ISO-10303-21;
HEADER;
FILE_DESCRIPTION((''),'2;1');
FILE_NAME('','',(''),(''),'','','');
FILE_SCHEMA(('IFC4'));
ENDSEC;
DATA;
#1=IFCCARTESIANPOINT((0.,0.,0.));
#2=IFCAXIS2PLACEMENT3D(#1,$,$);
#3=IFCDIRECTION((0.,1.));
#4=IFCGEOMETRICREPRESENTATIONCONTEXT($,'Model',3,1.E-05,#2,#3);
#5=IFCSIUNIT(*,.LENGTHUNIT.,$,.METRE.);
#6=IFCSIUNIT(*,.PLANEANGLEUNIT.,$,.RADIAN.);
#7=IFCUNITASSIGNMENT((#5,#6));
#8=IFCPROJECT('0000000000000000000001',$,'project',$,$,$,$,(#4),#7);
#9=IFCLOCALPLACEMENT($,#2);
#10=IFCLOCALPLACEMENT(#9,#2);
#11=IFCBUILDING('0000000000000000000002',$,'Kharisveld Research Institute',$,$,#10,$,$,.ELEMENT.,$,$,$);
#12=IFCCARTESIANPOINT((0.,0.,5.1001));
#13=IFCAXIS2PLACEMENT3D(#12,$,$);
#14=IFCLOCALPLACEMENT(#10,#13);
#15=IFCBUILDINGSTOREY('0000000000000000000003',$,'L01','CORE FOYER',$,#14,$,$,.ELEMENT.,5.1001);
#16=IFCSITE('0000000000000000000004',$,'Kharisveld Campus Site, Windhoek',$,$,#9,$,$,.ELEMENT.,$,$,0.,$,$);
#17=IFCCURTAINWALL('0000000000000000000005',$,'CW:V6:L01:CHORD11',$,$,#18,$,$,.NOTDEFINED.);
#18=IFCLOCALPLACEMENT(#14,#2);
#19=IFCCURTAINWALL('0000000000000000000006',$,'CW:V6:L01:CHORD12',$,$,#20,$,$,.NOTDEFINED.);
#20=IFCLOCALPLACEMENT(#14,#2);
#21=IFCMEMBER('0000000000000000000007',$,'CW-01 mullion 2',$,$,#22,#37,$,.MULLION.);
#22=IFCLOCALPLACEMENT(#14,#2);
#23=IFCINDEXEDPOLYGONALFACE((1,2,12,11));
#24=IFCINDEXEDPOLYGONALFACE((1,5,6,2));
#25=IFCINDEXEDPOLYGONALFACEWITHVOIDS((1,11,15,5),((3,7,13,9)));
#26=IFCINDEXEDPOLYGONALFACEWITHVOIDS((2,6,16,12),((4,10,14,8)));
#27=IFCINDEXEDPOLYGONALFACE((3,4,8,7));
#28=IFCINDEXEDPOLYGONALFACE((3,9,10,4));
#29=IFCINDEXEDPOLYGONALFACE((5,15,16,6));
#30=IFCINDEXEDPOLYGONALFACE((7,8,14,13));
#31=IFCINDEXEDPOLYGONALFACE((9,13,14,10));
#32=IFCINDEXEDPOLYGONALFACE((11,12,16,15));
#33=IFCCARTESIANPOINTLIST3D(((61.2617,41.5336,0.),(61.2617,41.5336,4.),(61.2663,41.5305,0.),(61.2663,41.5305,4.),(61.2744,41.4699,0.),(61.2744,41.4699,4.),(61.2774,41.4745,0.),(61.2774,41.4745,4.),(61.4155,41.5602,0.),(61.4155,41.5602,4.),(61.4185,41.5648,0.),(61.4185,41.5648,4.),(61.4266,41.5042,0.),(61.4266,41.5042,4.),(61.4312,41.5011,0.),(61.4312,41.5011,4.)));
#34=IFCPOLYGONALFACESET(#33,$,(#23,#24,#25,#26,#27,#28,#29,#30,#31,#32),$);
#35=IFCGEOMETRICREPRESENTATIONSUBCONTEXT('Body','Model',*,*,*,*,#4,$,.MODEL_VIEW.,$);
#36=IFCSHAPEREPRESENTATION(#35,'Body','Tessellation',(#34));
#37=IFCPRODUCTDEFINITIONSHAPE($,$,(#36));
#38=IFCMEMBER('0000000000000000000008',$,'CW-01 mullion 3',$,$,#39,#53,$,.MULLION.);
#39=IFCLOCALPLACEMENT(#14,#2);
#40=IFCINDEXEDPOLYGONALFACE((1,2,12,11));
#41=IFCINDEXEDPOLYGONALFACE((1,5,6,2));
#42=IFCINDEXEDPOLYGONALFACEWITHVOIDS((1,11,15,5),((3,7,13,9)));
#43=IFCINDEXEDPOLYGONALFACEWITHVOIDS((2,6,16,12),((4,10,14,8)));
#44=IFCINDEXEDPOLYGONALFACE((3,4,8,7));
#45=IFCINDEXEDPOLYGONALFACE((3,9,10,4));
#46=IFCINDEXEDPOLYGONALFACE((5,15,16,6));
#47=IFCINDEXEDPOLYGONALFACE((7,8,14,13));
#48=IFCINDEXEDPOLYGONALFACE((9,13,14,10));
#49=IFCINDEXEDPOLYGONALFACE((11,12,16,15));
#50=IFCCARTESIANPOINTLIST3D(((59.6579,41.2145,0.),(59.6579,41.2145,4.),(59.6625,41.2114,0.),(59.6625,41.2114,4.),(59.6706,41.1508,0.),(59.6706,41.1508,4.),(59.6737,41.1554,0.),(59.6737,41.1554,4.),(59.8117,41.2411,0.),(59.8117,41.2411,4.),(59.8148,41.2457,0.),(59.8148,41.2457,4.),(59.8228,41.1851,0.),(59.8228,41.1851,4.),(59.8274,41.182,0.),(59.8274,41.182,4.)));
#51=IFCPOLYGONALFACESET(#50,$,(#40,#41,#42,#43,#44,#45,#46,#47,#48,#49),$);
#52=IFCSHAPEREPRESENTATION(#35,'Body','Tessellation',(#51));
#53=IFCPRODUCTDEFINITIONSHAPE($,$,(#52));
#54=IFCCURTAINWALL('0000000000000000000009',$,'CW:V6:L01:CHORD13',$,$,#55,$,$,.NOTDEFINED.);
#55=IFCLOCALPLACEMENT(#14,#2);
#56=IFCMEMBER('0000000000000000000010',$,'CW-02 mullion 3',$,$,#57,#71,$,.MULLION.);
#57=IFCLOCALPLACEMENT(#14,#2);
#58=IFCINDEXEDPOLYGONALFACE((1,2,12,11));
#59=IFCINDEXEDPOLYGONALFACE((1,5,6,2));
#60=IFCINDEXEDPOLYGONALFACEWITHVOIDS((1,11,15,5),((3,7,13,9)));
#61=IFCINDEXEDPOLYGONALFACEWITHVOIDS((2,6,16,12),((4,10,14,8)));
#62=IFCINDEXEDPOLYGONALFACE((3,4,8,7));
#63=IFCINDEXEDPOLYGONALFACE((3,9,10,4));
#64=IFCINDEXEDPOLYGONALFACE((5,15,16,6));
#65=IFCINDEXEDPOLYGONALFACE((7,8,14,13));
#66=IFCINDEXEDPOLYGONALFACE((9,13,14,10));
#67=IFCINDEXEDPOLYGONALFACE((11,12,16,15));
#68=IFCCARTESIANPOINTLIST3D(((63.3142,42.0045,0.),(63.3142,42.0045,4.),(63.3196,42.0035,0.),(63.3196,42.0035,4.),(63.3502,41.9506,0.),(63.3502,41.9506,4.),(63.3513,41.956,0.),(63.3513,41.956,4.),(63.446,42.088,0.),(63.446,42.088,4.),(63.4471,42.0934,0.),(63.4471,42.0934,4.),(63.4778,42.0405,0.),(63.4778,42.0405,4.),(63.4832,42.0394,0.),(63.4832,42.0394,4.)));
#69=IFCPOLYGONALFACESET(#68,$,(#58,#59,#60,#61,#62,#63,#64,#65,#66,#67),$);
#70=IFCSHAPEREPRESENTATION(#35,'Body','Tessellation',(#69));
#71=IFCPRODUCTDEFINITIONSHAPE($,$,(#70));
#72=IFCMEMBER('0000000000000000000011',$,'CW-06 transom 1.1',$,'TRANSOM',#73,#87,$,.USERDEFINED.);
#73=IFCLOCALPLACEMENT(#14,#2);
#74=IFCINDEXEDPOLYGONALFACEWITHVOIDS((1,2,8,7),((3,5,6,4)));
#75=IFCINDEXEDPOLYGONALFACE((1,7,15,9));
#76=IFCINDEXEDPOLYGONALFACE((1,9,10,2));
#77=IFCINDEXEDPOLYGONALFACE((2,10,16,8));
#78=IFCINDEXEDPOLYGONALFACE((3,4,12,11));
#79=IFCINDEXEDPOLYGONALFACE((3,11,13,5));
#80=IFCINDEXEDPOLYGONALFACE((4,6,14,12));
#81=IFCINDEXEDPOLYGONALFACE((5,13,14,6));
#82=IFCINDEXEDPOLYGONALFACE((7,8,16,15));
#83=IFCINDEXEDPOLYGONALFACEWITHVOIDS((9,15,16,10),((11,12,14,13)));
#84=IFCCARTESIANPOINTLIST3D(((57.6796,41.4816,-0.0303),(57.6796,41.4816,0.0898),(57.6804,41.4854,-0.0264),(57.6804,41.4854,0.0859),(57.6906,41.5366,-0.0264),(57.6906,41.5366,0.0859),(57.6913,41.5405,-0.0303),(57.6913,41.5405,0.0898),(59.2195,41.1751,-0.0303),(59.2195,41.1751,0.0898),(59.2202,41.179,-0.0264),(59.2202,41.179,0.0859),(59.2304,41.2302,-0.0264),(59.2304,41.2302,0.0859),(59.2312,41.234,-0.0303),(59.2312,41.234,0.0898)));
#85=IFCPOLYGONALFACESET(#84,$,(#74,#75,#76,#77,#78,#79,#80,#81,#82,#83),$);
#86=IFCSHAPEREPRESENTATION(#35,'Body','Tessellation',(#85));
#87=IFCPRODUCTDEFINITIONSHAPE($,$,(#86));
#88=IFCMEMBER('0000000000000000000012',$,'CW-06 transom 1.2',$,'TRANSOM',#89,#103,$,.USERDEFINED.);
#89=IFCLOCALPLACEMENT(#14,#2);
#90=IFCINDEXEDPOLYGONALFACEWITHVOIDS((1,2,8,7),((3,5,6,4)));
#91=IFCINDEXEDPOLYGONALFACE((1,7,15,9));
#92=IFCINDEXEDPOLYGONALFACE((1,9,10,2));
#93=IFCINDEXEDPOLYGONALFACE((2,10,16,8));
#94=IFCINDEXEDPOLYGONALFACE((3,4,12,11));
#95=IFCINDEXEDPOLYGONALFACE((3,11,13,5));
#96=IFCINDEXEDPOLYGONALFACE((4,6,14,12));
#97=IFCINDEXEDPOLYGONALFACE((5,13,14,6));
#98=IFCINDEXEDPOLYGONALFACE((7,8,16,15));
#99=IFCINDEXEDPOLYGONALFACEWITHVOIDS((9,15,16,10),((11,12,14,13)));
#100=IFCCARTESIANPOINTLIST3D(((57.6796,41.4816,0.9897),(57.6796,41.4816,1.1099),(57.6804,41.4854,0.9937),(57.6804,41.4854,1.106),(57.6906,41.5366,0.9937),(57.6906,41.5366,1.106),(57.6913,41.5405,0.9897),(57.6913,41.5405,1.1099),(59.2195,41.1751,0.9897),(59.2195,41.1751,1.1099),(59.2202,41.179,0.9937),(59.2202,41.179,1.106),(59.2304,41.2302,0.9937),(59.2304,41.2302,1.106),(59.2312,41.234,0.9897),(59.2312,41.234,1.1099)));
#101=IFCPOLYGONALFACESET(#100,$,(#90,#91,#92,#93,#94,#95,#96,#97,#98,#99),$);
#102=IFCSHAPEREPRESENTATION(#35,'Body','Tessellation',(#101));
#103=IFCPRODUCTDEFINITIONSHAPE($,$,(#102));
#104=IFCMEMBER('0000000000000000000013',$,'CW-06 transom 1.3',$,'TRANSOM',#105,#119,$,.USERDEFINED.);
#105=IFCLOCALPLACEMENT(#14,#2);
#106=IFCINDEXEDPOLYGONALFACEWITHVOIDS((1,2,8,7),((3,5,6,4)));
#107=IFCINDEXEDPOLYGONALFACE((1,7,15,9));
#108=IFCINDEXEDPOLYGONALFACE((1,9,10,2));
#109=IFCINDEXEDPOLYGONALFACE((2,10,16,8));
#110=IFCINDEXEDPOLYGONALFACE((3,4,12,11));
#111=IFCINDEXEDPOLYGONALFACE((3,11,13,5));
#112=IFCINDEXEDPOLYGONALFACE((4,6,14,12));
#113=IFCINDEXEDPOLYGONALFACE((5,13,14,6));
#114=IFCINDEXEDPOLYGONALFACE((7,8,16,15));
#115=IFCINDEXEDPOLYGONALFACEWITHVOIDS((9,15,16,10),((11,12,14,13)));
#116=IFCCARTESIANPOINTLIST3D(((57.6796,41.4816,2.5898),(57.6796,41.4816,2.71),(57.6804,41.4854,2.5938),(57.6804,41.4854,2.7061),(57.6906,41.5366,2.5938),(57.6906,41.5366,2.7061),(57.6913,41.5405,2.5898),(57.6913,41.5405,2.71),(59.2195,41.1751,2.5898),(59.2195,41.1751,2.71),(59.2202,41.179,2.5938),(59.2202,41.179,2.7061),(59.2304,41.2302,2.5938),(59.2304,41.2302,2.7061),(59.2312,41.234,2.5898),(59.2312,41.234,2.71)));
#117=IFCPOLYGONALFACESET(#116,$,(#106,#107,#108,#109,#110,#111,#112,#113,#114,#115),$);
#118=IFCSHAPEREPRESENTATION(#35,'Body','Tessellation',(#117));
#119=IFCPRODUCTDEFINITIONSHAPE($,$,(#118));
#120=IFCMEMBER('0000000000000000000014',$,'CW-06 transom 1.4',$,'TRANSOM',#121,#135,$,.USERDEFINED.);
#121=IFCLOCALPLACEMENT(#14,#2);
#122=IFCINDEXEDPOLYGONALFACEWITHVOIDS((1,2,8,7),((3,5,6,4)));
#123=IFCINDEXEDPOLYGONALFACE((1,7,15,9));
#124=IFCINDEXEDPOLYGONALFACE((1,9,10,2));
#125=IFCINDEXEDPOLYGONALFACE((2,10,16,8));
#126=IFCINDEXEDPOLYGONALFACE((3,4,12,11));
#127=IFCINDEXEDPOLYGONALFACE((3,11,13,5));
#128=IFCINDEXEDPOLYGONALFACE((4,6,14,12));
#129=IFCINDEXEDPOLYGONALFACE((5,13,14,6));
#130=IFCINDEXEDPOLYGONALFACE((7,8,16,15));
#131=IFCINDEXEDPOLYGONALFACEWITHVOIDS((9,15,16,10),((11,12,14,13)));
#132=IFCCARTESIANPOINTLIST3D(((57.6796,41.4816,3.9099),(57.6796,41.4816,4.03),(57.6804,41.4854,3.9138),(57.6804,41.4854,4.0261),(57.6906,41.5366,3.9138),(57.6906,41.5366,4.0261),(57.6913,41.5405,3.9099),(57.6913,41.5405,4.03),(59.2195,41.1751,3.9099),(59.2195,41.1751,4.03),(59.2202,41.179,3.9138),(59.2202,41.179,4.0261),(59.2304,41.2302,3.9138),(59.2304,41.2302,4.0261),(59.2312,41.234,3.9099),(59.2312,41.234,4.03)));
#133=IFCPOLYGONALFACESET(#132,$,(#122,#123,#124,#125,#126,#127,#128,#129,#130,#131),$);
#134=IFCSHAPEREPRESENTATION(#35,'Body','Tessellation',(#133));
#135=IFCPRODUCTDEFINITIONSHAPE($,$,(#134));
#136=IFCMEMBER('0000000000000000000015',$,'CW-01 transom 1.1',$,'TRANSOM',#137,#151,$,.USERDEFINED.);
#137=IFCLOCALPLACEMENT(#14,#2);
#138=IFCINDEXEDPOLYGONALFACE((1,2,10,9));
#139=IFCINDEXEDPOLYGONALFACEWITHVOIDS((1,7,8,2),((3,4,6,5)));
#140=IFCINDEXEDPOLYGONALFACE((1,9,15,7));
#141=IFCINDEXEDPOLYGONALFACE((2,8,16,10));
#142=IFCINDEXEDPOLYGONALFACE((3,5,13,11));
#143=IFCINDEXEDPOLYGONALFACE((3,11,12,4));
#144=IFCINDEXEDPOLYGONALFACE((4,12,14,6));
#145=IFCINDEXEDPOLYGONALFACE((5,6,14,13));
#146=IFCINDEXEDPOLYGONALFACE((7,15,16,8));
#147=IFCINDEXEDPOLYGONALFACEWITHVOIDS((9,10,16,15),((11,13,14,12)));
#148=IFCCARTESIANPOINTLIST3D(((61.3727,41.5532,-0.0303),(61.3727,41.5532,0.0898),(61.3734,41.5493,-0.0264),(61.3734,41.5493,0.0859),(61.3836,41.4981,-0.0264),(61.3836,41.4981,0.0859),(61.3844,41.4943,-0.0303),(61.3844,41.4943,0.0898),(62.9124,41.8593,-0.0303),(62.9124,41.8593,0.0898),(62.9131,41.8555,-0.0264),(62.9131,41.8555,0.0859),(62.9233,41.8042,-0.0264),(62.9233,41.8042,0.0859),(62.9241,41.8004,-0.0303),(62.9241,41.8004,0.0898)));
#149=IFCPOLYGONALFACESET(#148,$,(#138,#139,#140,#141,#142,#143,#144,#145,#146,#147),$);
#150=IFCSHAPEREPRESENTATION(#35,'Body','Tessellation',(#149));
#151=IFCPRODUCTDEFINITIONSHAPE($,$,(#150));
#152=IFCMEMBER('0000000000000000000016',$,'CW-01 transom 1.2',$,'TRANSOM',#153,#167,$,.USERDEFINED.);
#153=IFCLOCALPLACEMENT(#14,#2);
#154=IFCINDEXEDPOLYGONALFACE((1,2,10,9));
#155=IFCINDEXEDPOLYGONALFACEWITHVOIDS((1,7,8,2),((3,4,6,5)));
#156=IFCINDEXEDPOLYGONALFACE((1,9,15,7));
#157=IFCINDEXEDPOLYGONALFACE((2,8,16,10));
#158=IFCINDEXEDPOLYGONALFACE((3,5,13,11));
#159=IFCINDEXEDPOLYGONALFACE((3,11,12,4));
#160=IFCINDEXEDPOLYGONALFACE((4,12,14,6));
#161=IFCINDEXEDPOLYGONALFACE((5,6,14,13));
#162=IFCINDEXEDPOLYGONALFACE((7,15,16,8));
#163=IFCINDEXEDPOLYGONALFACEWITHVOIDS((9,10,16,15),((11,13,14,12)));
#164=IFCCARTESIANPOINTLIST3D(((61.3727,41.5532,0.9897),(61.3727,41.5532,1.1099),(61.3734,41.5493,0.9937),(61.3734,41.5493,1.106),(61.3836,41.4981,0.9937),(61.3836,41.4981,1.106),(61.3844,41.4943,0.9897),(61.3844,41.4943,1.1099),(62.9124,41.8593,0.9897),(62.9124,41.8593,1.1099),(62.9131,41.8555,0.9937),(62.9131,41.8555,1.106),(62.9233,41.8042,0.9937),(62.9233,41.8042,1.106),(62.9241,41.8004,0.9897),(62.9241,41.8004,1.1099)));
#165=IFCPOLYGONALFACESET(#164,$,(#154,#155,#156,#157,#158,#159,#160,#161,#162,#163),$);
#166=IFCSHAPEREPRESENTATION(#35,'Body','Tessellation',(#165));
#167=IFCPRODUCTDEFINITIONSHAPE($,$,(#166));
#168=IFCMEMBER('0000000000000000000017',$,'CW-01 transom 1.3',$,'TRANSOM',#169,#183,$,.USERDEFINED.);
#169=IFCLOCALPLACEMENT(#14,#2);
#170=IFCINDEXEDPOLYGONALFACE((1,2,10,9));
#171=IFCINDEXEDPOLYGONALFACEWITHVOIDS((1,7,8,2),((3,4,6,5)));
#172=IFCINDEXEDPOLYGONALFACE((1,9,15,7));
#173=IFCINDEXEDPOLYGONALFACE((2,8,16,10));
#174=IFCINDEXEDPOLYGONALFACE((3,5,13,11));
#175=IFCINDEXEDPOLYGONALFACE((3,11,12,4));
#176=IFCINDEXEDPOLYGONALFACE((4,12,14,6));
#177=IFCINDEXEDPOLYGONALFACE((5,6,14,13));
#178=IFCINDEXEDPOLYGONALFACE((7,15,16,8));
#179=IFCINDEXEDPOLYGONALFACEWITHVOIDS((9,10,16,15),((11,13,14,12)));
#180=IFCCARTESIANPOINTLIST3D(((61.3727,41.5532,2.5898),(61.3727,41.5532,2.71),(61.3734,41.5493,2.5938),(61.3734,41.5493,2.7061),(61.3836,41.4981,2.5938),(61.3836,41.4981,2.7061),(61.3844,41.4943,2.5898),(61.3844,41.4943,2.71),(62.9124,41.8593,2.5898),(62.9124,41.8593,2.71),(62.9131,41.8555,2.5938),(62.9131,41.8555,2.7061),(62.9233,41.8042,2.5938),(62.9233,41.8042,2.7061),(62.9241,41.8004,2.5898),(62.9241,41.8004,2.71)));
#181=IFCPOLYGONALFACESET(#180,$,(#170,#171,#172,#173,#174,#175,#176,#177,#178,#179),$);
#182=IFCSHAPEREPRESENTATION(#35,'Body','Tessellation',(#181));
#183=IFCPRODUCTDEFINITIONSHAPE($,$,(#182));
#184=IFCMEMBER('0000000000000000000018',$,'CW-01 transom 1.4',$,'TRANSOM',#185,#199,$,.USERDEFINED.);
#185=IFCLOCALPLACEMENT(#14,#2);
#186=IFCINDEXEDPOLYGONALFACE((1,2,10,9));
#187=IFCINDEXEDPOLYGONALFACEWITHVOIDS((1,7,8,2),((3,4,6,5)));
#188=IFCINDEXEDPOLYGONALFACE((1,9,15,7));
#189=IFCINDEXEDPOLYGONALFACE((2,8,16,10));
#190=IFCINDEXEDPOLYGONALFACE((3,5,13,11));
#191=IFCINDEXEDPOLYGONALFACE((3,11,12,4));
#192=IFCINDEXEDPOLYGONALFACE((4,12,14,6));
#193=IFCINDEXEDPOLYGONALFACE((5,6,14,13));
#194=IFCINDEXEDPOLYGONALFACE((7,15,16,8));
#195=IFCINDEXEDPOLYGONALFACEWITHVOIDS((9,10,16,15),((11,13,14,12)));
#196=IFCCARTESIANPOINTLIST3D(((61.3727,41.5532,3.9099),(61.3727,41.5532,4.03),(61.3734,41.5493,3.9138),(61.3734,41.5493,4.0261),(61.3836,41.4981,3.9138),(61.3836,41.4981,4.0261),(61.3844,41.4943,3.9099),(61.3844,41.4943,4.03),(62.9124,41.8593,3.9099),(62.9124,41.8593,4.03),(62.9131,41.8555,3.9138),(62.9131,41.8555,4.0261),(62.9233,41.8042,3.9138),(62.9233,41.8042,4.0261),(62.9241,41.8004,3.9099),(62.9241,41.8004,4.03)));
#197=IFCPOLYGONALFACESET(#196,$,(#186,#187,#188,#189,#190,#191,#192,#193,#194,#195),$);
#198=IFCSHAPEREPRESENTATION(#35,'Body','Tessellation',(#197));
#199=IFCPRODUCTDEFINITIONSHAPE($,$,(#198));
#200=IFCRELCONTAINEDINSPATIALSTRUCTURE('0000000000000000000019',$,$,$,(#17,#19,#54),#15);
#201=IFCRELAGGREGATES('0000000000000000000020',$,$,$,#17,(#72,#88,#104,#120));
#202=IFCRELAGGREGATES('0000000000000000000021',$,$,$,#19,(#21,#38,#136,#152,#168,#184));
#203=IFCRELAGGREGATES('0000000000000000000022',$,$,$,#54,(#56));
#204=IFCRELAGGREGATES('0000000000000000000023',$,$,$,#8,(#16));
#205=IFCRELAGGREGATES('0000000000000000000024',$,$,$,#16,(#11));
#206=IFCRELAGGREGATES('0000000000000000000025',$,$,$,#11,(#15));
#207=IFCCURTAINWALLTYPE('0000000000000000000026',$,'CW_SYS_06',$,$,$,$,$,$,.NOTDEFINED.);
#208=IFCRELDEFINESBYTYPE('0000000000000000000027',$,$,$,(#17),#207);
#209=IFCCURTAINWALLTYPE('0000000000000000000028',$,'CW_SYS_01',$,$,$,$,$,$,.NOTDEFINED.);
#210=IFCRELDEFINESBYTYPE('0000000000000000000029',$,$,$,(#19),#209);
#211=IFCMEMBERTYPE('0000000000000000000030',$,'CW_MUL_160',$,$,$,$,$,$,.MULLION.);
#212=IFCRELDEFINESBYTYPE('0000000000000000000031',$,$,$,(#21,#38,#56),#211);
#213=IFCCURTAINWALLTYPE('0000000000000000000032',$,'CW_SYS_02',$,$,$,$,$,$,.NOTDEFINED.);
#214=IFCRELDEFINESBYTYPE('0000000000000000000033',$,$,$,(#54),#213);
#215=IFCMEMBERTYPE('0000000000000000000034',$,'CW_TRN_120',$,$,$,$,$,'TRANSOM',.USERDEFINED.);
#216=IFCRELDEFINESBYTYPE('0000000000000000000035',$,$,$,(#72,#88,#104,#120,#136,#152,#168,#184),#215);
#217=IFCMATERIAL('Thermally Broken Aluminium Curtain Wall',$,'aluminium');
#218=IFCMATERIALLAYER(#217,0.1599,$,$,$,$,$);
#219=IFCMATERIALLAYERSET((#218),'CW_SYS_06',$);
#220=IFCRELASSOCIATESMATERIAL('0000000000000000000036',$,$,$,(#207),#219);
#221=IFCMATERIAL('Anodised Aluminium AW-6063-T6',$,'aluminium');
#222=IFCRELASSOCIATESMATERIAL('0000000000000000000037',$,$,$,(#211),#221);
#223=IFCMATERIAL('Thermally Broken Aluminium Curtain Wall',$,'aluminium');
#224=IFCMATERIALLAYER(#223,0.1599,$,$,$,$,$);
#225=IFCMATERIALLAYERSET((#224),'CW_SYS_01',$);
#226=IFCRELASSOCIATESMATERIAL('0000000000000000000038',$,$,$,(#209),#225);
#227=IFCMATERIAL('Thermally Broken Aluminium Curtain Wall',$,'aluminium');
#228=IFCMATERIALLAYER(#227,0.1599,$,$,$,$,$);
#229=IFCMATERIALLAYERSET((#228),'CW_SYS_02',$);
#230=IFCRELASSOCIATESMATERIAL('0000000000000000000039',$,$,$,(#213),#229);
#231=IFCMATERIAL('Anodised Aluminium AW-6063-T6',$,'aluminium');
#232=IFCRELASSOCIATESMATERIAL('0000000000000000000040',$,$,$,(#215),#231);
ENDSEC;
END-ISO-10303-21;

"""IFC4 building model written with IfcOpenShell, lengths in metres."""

from ifc_helpers import new_model, si_unit, direction, frame, origin, origin_2d, place, context, subcontext, project, spatial, hollow_rectangle, extrude, material, layer, layer_set, material_profile, profile_set, type_object, element, aggregate, save


model = new_model("IFC4")

# Units and contexts
model_context = context("Model", 3, precision=1e-05, world=origin(), true_north=direction((0.0, 1.0)))
body_context = subcontext(model_context, "Body", "Model", "MODEL_VIEW")
ifc_project = project(units=[si_unit("LENGTHUNIT", "METRE"), si_unit("PLANEANGLEUNIT", "RADIAN")], contexts=[model_context])

# Site, building, storey
site_placement = place(None, origin())
site = spatial("IfcSite", under=ifc_project, at=site_placement, Name="Kharisveld Campus Site, Windhoek", CompositionType="ELEMENT", RefElevation=0.0)
building_placement = place(site_placement, origin())
building = spatial("IfcBuilding", under=site, at=building_placement, Name="Kharisveld Research Institute", CompositionType="ELEMENT")
storey_placement = place(building_placement, frame((0.0, 0.0, 5.1001)))
storey = spatial("IfcBuildingStorey", under=building, at=storey_placement, Name="L01", Description="CORE FOYER", CompositionType="ELEMENT", Elevation=5.1001)

# Curtain wall
ifc_material_1 = material(Name="Thermally Broken Aluminium Curtain Wall", Category="aluminium")
ifc_layer_1 = layer(ifc_material_1, 0.1599)
ifc_layer_set_1 = layer_set([ifc_layer_1], Name="CW_SYS_06")
curtain_wall_type_1 = type_object("IfcCurtainWallType", Name="CW_SYS_06", PredefinedType="NOTDEFINED", material=ifc_layer_set_1)
curtain_wall_1_placement = place(storey_placement, origin())
curtain_wall_1 = element("IfcCurtainWall", 1, at=curtain_wall_1_placement, inside=storey, type_object=curtain_wall_type_1, Name="CW:V6:L01:CHORD11", PredefinedType="NOTDEFINED")
ifc_material_2 = material(Name="Anodised Aluminium AW-6063-T6", Category="aluminium")
ifc_material_profile_1 = material_profile(ifc_material_2, hollow_rectangle(XDim=0.0649, YDim=0.1599, WallThickness=0.0039, at=origin_2d()))
ifc_profile_set_1 = profile_set([ifc_material_profile_1], Name="Anodised Aluminium AW-6063-T6")
member_type_1 = type_object("IfcMemberType", Name="CW_MUL_160", PredefinedType="MULLION", material=ifc_profile_set_1)

# Curtain wall, members
ifc_material_3 = material(Name="Thermally Broken Aluminium Curtain Wall", Category="aluminium")
ifc_layer_2 = layer(ifc_material_3, 0.1599)
ifc_layer_set_2 = layer_set([ifc_layer_2], Name="CW_SYS_01")
curtain_wall_type_2 = type_object("IfcCurtainWallType", Name="CW_SYS_01", PredefinedType="NOTDEFINED", material=ifc_layer_set_2)
curtain_wall_2_placement = place(storey_placement, origin())
curtain_wall_2 = element("IfcCurtainWall", 2, at=curtain_wall_2_placement, inside=storey, type_object=curtain_wall_type_2, Name="CW:V6:L01:CHORD12", PredefinedType="NOTDEFINED")
member_1_placement = place(storey_placement, frame((61.3464, 41.5173, 0.0), z_axis=(0.0, 0.0, 1.0), x_axis=(0.195091, -0.980785, 0.0)))
member_1 = element("IfcMember", 3, at=member_1_placement, type_object=member_type_1, Name="CW-01 mullion 2", PredefinedType="MULLION", context=body_context, shape_type="SweptSolid", body=[
    extrude(hollow_rectangle(XDim=0.0649, YDim=0.1599, WallThickness=0.0039, at=origin_2d()), origin(), (0.0, 0.0, 1.0), 4.0),
])
member_2_placement = place(storey_placement, frame((59.7427, 41.1982, 0.0), z_axis=(0.0, 0.0, 1.0), x_axis=(0.195091, -0.980785, 0.0)))
member_2 = element("IfcMember", 4, at=member_2_placement, type_object=member_type_1, Name="CW-01 mullion 3", PredefinedType="MULLION", context=body_context, shape_type="SweptSolid", body=[
    extrude(hollow_rectangle(XDim=0.0649, YDim=0.1599, WallThickness=0.0039, at=origin_2d()), origin(), (0.0, 0.0, 1.0), 4.0),
])

# Curtain wall, member
ifc_material_4 = material(Name="Thermally Broken Aluminium Curtain Wall", Category="aluminium")
ifc_layer_3 = layer(ifc_material_4, 0.1599)
ifc_layer_set_3 = layer_set([ifc_layer_3], Name="CW_SYS_02")
curtain_wall_type_3 = type_object("IfcCurtainWallType", Name="CW_SYS_02", PredefinedType="NOTDEFINED", material=ifc_layer_set_3)
curtain_wall_3_placement = place(storey_placement, origin())
curtain_wall_3 = element("IfcCurtainWall", 5, at=curtain_wall_3_placement, inside=storey, type_object=curtain_wall_type_3, Name="CW:V6:L01:CHORD13", PredefinedType="NOTDEFINED")
member_3_placement = place(storey_placement, frame((63.3987, 42.022, 0.0), z_axis=(0.0, 0.0, 1.0), x_axis=(0.55557, -0.83147, 0.0)))
member_3 = element("IfcMember", 6, at=member_3_placement, type_object=member_type_1, Name="CW-02 mullion 3", PredefinedType="MULLION", context=body_context, shape_type="SweptSolid", body=[
    extrude(hollow_rectangle(XDim=0.0649, YDim=0.1599, WallThickness=0.0039, at=origin_2d()), origin(), (0.0, 0.0, 1.0), 4.0),
])

# Members
ifc_material_5 = material(Name="Anodised Aluminium AW-6063-T6", Category="aluminium")
ifc_material_profile_2 = material_profile(ifc_material_5, hollow_rectangle(XDim=0.0601, YDim=0.1201, WallThickness=0.0039, at=origin_2d()))
ifc_profile_set_2 = profile_set([ifc_material_profile_2], Name="Anodised Aluminium AW-6063-T6")
member_type_2 = type_object("IfcMemberType", Name="CW_TRN_120", ElementType="TRANSOM", PredefinedType="USERDEFINED", material=ifc_profile_set_2)
member_4_placement = place(storey_placement, frame((59.2253, 41.2046, 0.0298), z_axis=(-0.980772, 0.195159, 0.0), x_axis=(-0.195159, -0.980772, 0.0)))
member_4 = element("IfcMember", 7, at=member_4_placement, type_object=member_type_2, Name="CW-06 transom 1.1", ObjectType="TRANSOM", PredefinedType="USERDEFINED", context=body_context, shape_type="SweptSolid", body=[
    extrude(hollow_rectangle(XDim=0.0601, YDim=0.1201, WallThickness=0.0039, at=origin_2d()), origin(), (0.0, 0.0, 1.0), 1.5701),
])
member_5_placement = place(storey_placement, frame((59.2253, 41.2046, 1.0498), z_axis=(-0.980772, 0.195159, 0.0), x_axis=(-0.195159, -0.980772, 0.0)))
member_5 = element("IfcMember", 8, at=member_5_placement, type_object=member_type_2, Name="CW-06 transom 1.2", ObjectType="TRANSOM", PredefinedType="USERDEFINED", context=body_context, shape_type="SweptSolid", body=[
    extrude(hollow_rectangle(XDim=0.0601, YDim=0.1201, WallThickness=0.0039, at=origin_2d()), origin(), (0.0, 0.0, 1.0), 1.5701),
])
member_6_placement = place(storey_placement, frame((59.2253, 41.2046, 2.6499), z_axis=(-0.980772, 0.195159, 0.0), x_axis=(-0.195159, -0.980772, 0.0)))
member_6 = element("IfcMember", 9, at=member_6_placement, type_object=member_type_2, Name="CW-06 transom 1.3", ObjectType="TRANSOM", PredefinedType="USERDEFINED", context=body_context, shape_type="SweptSolid", body=[
    extrude(hollow_rectangle(XDim=0.0601, YDim=0.1201, WallThickness=0.0039, at=origin_2d()), origin(), (0.0, 0.0, 1.0), 1.5701),
])
member_7_placement = place(storey_placement, frame((59.2253, 41.2046, 3.97), z_axis=(-0.980772, 0.195159, 0.0), x_axis=(-0.195159, -0.980772, 0.0)))
member_7 = element("IfcMember", 10, at=member_7_placement, type_object=member_type_2, Name="CW-06 transom 1.4", ObjectType="TRANSOM", PredefinedType="USERDEFINED", context=body_context, shape_type="SweptSolid", body=[
    extrude(hollow_rectangle(XDim=0.0601, YDim=0.1201, WallThickness=0.0039, at=origin_2d()), origin(), (0.0, 0.0, 1.0), 1.5701),
])
member_8_placement = place(storey_placement, frame((62.9182, 41.8298, 0.0298), z_axis=(-0.980801, -0.195009, 0.0), x_axis=(0.195009, -0.980801, 0.0)))
member_8 = element("IfcMember", 11, at=member_8_placement, type_object=member_type_2, Name="CW-01 transom 1.1", ObjectType="TRANSOM", PredefinedType="USERDEFINED", context=body_context, shape_type="SweptSolid", body=[
    extrude(hollow_rectangle(XDim=0.0601, YDim=0.1201, WallThickness=0.0039, at=origin_2d()), origin(), (0.0, 0.0, 1.0), 1.5698),
])
member_9_placement = place(storey_placement, frame((62.9182, 41.8298, 1.0498), z_axis=(-0.980801, -0.195009, 0.0), x_axis=(0.195009, -0.980801, 0.0)))
member_9 = element("IfcMember", 12, at=member_9_placement, type_object=member_type_2, Name="CW-01 transom 1.2", ObjectType="TRANSOM", PredefinedType="USERDEFINED", context=body_context, shape_type="SweptSolid", body=[
    extrude(hollow_rectangle(XDim=0.0601, YDim=0.1201, WallThickness=0.0039, at=origin_2d()), origin(), (0.0, 0.0, 1.0), 1.5698),
])
member_10_placement = place(storey_placement, frame((62.9182, 41.8298, 2.6499), z_axis=(-0.980801, -0.195009, 0.0), x_axis=(0.195009, -0.980801, 0.0)))
member_10 = element("IfcMember", 13, at=member_10_placement, type_object=member_type_2, Name="CW-01 transom 1.3", ObjectType="TRANSOM", PredefinedType="USERDEFINED", context=body_context, shape_type="SweptSolid", body=[
    extrude(hollow_rectangle(XDim=0.0601, YDim=0.1201, WallThickness=0.0039, at=origin_2d()), origin(), (0.0, 0.0, 1.0), 1.5698),
])
member_11_placement = place(storey_placement, frame((62.9182, 41.8298, 3.97), z_axis=(-0.980801, -0.195009, 0.0), x_axis=(0.195009, -0.980801, 0.0)))
member_11 = element("IfcMember", 14, at=member_11_placement, type_object=member_type_2, Name="CW-01 transom 1.4", ObjectType="TRANSOM", PredefinedType="USERDEFINED", context=body_context, shape_type="SweptSolid", body=[
    extrude(hollow_rectangle(XDim=0.0601, YDim=0.1201, WallThickness=0.0039, at=origin_2d()), origin(), (0.0, 0.0, 1.0), 1.5698),
])

aggregate(curtain_wall_1, [member_4, member_5, member_6, member_7])
aggregate(curtain_wall_2, [member_1, member_2, member_8, member_9, member_10, member_11])
aggregate(curtain_wall_3, [member_3])

save(model, "model.ifc")
